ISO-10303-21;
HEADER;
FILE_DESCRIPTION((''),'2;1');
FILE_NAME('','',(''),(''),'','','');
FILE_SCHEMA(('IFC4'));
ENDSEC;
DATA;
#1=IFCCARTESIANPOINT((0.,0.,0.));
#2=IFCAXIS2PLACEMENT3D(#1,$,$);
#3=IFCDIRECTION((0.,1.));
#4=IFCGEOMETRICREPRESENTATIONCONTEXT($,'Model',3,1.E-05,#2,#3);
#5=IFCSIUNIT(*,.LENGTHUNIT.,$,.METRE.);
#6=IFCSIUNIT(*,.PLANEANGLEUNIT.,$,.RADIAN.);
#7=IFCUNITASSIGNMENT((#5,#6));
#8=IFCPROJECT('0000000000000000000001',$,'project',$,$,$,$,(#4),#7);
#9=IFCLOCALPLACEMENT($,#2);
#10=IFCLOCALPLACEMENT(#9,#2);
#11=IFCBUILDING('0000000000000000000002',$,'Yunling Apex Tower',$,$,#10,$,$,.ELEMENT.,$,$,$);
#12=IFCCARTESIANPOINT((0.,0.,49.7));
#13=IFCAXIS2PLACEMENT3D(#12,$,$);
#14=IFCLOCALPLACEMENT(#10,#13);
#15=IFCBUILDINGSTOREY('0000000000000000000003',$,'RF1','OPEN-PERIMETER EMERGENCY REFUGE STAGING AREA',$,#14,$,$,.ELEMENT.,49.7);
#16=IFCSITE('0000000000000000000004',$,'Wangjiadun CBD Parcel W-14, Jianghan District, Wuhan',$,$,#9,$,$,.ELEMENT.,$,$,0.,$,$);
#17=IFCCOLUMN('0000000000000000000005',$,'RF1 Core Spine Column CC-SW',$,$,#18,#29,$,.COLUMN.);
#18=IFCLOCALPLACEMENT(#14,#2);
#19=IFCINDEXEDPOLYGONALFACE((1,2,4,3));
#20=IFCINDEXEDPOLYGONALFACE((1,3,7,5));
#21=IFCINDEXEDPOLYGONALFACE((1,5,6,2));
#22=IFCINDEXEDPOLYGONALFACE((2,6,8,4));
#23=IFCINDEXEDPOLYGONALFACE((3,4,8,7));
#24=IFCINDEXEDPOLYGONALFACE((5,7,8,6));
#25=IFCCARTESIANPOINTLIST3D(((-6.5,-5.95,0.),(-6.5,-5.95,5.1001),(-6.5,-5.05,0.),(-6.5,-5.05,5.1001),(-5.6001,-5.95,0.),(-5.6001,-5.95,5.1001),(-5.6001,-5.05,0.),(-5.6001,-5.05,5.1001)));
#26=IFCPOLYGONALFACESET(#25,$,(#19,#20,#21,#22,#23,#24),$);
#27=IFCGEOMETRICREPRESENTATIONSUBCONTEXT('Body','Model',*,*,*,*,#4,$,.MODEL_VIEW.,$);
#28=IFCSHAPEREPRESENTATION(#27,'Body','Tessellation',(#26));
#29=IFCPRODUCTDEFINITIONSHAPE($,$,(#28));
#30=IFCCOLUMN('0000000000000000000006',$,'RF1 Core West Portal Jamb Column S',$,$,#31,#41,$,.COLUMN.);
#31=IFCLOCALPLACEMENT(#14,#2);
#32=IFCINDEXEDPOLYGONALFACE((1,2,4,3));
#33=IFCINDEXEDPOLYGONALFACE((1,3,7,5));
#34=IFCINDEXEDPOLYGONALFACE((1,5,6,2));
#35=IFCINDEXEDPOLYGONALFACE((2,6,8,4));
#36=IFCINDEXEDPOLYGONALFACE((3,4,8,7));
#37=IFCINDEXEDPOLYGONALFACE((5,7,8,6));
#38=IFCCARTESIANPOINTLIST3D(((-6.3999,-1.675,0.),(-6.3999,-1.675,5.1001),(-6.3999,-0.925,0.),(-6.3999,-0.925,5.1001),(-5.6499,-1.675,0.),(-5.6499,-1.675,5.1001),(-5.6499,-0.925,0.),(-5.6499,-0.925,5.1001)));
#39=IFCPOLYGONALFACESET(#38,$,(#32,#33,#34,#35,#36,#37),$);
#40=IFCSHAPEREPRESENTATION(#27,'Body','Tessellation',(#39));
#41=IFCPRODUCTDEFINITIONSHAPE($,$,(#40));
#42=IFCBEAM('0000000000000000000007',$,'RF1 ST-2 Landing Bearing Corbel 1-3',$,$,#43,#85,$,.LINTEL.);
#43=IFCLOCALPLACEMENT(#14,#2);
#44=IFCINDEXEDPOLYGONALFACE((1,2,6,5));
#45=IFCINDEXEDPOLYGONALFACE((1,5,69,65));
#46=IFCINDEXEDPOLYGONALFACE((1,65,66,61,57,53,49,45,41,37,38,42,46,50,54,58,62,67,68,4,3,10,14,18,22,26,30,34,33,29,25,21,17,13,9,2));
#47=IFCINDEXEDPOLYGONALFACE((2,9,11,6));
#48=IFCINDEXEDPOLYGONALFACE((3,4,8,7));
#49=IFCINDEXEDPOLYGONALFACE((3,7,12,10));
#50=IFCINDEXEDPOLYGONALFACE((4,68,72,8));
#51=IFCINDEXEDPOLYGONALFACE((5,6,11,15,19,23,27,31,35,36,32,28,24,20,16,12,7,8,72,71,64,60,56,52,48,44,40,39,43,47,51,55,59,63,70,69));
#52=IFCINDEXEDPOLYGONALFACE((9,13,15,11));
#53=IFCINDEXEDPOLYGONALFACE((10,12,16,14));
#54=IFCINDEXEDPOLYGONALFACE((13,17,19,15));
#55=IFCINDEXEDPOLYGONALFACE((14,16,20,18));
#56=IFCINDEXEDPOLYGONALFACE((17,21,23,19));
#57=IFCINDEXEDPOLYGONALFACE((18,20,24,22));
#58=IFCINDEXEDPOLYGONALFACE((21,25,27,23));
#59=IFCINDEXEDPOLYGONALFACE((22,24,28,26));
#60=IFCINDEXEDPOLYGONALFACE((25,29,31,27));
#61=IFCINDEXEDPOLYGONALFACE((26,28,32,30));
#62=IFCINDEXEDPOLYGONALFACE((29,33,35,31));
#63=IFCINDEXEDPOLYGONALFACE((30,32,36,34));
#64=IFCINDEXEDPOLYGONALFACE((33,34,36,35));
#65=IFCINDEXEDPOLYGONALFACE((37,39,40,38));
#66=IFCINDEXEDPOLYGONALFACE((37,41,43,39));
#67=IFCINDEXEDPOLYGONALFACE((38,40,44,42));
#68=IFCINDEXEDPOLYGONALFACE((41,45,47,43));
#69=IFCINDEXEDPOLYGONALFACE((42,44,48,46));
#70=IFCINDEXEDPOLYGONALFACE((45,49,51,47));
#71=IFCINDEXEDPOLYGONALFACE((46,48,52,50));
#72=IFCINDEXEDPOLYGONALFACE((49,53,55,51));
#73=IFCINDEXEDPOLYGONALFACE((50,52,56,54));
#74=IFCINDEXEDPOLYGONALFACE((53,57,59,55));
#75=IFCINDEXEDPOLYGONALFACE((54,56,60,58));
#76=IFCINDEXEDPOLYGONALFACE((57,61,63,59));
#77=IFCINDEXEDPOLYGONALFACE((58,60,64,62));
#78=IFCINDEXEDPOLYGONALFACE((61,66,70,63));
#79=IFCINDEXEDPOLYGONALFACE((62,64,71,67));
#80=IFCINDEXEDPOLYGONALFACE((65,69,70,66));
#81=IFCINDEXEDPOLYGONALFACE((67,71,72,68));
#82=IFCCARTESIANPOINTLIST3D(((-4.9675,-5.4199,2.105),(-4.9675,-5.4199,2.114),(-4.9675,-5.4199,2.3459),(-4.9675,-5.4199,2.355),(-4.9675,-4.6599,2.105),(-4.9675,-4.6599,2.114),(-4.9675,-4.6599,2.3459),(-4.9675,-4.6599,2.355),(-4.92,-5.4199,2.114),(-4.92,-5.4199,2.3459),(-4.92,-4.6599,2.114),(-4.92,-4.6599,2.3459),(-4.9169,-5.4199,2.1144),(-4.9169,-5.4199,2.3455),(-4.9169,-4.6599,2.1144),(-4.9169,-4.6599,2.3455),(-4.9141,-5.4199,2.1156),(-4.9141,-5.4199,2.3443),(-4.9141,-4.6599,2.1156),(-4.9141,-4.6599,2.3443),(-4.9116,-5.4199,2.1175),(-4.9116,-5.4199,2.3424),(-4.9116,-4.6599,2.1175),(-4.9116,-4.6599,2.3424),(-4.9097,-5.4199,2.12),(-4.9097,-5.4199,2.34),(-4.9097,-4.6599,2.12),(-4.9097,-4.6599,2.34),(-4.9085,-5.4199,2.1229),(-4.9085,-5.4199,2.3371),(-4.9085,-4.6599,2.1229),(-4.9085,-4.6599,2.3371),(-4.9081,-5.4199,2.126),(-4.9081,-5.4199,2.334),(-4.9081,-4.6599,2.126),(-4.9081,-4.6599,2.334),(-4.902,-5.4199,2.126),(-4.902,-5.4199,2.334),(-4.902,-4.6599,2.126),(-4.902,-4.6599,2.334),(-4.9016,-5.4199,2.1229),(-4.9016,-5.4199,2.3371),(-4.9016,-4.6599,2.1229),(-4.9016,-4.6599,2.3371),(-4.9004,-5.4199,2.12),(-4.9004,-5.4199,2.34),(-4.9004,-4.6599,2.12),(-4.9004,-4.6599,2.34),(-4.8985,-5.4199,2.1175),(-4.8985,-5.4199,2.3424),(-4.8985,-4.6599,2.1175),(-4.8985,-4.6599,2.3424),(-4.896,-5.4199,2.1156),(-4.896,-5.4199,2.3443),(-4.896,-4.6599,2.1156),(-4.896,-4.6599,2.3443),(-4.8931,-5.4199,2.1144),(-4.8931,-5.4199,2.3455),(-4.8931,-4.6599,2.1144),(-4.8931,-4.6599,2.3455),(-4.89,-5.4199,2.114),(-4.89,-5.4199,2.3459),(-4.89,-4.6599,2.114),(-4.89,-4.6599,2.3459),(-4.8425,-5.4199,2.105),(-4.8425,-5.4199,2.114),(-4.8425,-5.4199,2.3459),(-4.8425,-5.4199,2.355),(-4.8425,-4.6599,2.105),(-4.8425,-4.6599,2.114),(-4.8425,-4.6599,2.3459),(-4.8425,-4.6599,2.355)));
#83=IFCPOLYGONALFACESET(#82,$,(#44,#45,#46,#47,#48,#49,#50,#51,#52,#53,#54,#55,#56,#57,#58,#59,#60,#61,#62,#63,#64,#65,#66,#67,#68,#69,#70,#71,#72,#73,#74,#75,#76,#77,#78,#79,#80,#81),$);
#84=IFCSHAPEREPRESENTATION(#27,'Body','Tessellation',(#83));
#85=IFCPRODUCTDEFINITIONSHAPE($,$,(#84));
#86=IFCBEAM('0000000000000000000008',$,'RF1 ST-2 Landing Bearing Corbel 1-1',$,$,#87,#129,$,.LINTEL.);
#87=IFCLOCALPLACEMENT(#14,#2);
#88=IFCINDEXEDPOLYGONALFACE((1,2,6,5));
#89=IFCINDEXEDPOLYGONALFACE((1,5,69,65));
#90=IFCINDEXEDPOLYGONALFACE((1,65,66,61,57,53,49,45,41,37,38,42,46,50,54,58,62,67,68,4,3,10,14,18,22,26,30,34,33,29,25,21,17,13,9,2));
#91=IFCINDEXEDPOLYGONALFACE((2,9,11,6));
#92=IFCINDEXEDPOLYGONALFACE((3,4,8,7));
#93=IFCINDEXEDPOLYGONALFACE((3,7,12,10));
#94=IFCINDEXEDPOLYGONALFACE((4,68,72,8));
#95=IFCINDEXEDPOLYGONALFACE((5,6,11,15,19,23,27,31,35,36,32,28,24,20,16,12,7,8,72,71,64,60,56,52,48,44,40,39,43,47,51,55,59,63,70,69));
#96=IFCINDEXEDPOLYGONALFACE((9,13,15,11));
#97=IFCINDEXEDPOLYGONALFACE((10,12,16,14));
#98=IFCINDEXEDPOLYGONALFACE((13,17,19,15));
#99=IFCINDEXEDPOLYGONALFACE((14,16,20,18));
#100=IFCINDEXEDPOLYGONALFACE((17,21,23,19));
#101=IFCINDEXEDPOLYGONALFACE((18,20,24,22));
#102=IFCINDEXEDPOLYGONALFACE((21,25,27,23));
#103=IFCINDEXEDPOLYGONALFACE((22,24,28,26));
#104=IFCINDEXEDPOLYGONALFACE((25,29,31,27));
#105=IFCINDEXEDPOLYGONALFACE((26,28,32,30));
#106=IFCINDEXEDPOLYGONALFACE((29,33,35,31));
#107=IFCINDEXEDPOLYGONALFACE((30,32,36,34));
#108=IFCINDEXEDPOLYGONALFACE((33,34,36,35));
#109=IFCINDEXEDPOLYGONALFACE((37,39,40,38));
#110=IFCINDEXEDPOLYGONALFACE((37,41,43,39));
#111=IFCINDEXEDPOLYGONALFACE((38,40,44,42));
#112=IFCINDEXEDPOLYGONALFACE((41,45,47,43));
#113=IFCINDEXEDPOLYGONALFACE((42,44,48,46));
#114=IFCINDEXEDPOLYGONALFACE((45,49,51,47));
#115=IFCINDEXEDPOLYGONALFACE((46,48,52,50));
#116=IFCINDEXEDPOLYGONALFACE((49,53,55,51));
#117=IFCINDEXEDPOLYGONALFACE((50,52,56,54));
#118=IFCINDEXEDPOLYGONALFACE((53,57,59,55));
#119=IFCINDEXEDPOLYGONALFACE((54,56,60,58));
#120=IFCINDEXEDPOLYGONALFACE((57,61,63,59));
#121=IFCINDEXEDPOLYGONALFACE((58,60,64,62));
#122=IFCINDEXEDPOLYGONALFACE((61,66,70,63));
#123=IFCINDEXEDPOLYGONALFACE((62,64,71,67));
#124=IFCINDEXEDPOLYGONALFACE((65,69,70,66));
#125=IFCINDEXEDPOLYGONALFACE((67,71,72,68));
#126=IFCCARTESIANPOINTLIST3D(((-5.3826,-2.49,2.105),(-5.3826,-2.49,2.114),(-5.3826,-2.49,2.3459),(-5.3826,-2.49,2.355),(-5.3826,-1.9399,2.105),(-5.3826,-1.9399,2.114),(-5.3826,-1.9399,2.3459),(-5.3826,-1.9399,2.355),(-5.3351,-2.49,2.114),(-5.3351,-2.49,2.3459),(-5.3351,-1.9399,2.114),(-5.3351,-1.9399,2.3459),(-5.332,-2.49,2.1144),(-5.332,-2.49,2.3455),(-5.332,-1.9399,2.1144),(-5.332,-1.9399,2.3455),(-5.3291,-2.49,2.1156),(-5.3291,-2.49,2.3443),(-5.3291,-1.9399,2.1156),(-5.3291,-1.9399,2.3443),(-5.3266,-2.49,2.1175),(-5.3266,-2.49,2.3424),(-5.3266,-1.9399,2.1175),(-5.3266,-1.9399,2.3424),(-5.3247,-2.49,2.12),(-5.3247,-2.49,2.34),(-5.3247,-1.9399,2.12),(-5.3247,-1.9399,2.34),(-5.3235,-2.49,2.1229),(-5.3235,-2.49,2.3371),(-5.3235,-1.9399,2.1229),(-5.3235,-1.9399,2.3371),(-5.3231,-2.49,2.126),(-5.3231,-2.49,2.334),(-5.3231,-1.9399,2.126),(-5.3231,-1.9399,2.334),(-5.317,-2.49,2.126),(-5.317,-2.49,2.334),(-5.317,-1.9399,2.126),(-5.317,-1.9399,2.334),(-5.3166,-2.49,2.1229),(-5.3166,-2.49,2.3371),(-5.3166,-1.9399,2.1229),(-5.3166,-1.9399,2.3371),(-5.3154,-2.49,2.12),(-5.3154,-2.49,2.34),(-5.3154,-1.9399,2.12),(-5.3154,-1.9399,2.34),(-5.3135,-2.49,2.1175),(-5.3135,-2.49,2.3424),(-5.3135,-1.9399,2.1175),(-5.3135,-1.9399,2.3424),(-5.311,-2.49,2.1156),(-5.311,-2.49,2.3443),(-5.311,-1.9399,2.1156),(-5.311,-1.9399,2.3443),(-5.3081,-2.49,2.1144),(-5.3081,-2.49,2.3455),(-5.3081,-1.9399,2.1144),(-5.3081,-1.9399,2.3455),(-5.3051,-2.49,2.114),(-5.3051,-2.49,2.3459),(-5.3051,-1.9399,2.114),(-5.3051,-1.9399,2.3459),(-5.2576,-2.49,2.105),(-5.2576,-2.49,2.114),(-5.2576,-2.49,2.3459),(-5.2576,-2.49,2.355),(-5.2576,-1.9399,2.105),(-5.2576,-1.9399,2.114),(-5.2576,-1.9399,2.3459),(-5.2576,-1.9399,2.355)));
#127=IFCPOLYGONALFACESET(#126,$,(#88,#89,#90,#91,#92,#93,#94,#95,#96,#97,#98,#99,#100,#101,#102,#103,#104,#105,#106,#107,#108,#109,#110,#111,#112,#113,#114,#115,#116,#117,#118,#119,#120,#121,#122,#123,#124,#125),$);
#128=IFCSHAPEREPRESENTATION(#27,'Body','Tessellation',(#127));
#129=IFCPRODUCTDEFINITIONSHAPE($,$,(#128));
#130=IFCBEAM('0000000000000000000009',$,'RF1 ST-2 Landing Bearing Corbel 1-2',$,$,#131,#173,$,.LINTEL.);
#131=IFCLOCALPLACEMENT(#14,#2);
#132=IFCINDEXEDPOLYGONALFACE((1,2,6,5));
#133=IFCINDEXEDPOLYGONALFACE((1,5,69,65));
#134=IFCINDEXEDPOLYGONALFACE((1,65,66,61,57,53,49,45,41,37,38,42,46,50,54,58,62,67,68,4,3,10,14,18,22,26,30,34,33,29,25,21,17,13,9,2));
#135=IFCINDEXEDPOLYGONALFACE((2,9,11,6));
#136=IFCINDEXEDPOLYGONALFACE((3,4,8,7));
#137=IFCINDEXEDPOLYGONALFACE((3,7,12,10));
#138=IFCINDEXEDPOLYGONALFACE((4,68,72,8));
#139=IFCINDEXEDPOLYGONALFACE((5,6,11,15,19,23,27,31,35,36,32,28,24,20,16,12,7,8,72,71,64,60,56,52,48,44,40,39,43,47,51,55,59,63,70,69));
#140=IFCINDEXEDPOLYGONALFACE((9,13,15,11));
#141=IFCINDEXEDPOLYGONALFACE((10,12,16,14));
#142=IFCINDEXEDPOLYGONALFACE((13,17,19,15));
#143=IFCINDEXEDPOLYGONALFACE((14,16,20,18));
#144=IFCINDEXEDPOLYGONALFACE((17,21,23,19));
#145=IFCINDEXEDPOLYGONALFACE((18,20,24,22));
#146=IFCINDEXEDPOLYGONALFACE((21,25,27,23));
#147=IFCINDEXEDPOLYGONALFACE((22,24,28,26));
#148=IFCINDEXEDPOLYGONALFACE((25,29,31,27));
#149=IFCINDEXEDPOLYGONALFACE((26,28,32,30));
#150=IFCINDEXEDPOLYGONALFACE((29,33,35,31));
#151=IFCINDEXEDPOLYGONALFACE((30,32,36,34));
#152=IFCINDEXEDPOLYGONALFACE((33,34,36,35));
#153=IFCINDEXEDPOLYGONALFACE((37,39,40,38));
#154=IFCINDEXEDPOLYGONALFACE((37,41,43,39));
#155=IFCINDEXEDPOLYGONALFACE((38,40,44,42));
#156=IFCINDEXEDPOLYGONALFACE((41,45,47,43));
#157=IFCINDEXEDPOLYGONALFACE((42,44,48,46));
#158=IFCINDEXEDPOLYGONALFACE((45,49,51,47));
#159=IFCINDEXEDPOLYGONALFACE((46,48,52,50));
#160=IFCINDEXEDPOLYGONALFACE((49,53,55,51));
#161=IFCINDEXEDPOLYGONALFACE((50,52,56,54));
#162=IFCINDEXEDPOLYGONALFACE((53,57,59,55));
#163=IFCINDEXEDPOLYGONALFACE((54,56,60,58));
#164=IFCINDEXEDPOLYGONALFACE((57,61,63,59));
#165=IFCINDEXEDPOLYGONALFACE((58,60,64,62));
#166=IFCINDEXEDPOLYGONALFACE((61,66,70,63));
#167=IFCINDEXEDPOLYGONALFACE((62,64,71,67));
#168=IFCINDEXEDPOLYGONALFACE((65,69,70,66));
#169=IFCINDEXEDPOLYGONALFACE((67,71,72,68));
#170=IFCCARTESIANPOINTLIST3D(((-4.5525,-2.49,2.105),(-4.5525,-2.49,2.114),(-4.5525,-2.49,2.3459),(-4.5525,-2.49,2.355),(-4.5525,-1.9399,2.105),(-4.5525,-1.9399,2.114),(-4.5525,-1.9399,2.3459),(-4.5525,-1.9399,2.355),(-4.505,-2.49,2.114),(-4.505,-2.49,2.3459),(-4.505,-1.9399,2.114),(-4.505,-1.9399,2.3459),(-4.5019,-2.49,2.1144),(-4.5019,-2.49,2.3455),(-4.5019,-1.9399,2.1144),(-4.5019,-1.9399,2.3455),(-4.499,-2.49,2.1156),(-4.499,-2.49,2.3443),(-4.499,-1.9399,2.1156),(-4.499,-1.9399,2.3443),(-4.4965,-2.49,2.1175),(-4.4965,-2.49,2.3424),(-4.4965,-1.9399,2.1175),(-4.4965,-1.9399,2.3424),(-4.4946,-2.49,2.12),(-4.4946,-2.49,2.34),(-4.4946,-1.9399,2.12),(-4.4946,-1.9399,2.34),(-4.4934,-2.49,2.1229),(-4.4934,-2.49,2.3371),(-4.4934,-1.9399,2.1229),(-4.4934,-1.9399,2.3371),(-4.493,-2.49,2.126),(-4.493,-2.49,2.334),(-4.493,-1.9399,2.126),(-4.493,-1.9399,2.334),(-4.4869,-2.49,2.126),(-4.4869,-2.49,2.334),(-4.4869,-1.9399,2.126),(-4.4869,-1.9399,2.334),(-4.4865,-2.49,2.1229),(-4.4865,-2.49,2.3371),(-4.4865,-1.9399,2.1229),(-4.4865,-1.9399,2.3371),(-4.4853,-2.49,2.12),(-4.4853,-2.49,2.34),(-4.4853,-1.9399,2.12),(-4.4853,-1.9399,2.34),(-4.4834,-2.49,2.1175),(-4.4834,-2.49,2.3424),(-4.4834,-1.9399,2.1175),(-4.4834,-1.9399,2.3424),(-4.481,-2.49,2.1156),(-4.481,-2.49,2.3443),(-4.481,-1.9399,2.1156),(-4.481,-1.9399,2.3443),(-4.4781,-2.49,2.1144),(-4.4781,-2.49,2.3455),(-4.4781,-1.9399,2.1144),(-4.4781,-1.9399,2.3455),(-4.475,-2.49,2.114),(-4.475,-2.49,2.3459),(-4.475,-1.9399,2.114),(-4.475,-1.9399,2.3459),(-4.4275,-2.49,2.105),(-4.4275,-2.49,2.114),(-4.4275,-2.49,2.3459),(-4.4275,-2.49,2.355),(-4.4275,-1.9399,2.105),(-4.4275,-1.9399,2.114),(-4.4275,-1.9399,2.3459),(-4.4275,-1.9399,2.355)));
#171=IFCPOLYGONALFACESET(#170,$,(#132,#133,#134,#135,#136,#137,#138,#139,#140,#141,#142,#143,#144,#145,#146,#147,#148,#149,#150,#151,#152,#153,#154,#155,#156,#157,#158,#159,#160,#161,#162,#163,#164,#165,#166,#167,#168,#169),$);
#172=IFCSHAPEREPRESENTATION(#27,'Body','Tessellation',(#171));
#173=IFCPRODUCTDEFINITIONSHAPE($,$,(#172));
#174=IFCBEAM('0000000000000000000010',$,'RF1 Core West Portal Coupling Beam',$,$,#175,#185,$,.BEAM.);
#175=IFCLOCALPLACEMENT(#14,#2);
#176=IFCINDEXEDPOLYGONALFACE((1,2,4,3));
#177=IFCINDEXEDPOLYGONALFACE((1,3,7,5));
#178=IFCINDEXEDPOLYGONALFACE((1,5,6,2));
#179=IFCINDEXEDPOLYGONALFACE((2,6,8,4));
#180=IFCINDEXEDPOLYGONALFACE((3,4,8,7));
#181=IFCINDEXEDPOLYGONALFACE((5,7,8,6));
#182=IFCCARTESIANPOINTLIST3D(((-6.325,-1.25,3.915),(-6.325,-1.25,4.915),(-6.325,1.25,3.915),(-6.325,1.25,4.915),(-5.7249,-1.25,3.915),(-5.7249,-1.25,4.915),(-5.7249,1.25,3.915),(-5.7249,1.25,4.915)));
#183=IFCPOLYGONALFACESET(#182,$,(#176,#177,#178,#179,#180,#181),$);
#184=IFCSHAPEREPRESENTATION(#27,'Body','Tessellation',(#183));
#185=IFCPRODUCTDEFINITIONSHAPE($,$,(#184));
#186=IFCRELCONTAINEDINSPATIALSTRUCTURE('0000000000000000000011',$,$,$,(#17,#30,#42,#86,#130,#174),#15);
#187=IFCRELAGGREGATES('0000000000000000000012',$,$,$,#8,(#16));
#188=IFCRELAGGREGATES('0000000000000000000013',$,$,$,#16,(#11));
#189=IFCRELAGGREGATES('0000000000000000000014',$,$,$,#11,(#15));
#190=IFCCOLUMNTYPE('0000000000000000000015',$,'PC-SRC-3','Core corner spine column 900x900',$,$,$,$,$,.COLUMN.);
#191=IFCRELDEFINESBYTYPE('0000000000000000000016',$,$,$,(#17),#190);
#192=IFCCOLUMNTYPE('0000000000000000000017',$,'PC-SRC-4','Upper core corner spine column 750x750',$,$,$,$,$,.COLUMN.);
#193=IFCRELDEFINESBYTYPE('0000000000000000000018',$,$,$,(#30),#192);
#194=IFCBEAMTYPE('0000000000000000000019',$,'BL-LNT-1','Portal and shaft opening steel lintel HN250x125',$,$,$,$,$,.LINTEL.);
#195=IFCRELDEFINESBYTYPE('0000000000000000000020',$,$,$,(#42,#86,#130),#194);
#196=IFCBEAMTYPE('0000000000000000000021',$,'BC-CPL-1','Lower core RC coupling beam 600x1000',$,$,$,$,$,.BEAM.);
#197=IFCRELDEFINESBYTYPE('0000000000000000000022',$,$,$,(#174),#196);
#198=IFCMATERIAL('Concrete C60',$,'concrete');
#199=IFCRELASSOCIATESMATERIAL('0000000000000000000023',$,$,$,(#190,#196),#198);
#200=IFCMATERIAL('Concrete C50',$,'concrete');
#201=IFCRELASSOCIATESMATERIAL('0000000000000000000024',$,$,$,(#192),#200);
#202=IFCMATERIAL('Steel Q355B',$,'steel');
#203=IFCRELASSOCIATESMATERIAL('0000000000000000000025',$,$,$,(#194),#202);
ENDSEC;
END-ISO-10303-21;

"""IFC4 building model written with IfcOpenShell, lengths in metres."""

from ifc_helpers import new_model, si_unit, direction, frame, origin, origin_2d, place, context, subcontext, project, spatial, rectangle, i_section, extrude, source, transform, mapped, material, material_profile, profile_set, type_object, element, save


model = new_model("IFC4")

# Units and contexts
model_context = context("Model", 3, precision=1e-05, world=origin(), true_north=direction((0.0, 1.0)))
body_context = subcontext(model_context, "Body", "Model", "MODEL_VIEW")
ifc_project = project(units=[si_unit("LENGTHUNIT", "METRE"), si_unit("PLANEANGLEUNIT", "RADIAN")], contexts=[model_context])

# Site, building, storey
site_placement = place(None, origin())
site = spatial("IfcSite", under=ifc_project, at=site_placement, Name="Wangjiadun CBD Parcel W-14, Jianghan District, Wuhan", CompositionType="ELEMENT", RefElevation=0.0)
building_placement = place(site_placement, origin())
building = spatial("IfcBuilding", under=site, at=building_placement, Name="Yunling Apex Tower", CompositionType="ELEMENT")
storey_placement = place(building_placement, frame((0.0, 0.0, 49.7)))
storey = spatial("IfcBuildingStorey", under=building, at=storey_placement, Name="RF1", Description="OPEN-PERIMETER EMERGENCY REFUGE STAGING AREA", CompositionType="ELEMENT", Elevation=49.7)

# Columns
ifc_material_1 = material(Name="Concrete C60", Category="concrete")
ifc_material_profile_1 = material_profile(ifc_material_1, rectangle(XDim=0.8999, YDim=0.8999, at=origin_2d()))
ifc_profile_set_1 = profile_set([ifc_material_profile_1], Name="Concrete C60")
column_type_1 = type_object("IfcColumnType", Name="PC-SRC-3", Description="Core corner spine column 900x900", PredefinedType="COLUMN", material=ifc_profile_set_1)
shared_shape_1 = source(origin(), body_context, "Body", "SweptSolid", [
    extrude(rectangle(XDim=0.8999, YDim=0.8999, at=origin_2d()), origin(), (0.0, 0.0, 1.0), 5.1001),
])
column_1_placement = place(storey_placement, frame((-6.05, -5.5, 0.0), z_axis=(0.0, 0.0, 1.0), x_axis=(1.0, 0.0, 0.0)))
element("IfcColumn", 1, at=column_1_placement, inside=storey, type_object=column_type_1, Name="RF1 Core Spine Column CC-SW", PredefinedType="COLUMN", context=body_context, shape_type="MappedRepresentation", body=[
    mapped(shared_shape_1, transform((0.0, 0.0, 0.0), scale=1.0)),
])
ifc_material_2 = material(Name="Concrete C50", Category="concrete")
ifc_material_profile_2 = material_profile(ifc_material_2, rectangle(XDim=0.75, YDim=0.75, at=origin_2d()))
ifc_profile_set_2 = profile_set([ifc_material_profile_2], Name="Concrete C50")
column_type_2 = type_object("IfcColumnType", Name="PC-SRC-4", Description="Upper core corner spine column 750x750", PredefinedType="COLUMN", material=ifc_profile_set_2)
shared_shape_2 = source(origin(), body_context, "Body", "SweptSolid", [
    extrude(rectangle(XDim=0.75, YDim=0.75, at=origin_2d()), origin(), (0.0, 0.0, 1.0), 5.1001),
])
column_2_placement = place(storey_placement, frame((-6.0249, -1.3, 0.0), z_axis=(0.0, 0.0, 1.0), x_axis=(1.0, 0.0, 0.0)))
element("IfcColumn", 2, at=column_2_placement, inside=storey, type_object=column_type_2, Name="RF1 Core West Portal Jamb Column S", PredefinedType="COLUMN", context=body_context, shape_type="MappedRepresentation", body=[
    mapped(shared_shape_2, transform((0.0, 0.0, 0.0), scale=1.0)),
])

# Beams
ifc_material_3 = material(Name="Steel Q355B", Category="steel")
ifc_material_profile_3 = material_profile(ifc_material_3, i_section(OverallWidth=0.125, OverallDepth=0.25, WebThickness=0.0061, FlangeThickness=0.009, FilletRadius=0.012, at=origin_2d()))
ifc_profile_set_3 = profile_set([ifc_material_profile_3], Name="Steel Q355B")
beam_type_1 = type_object("IfcBeamType", Name="BL-LNT-1", Description="Portal and shaft opening steel lintel HN250x125", PredefinedType="LINTEL", material=ifc_profile_set_3)
shared_shape_3 = source(origin(), body_context, "Body", "SweptSolid", [
    extrude(i_section(OverallWidth=0.125, OverallDepth=0.25, WebThickness=0.0061, FlangeThickness=0.009, FilletRadius=0.012, at=origin_2d()), origin(), (0.0, 0.0, 1.0), 0.76),
])
beam_1_placement = place(storey_placement, frame((-4.905, -5.4199, 2.23), z_axis=(0.0, 1.0, 0.0), x_axis=(-1.0, 0.0, 0.0)))
element("IfcBeam", 3, at=beam_1_placement, inside=storey, type_object=beam_type_1, Name="RF1 ST-2 Landing Bearing Corbel 1-3", PredefinedType="LINTEL", context=body_context, shape_type="MappedRepresentation", body=[
    mapped(shared_shape_3, transform((0.0, 0.0, 0.0), scale=1.0)),
])
shared_shape_4 = source(origin(), body_context, "Body", "SweptSolid", [
    extrude(i_section(OverallWidth=0.125, OverallDepth=0.25, WebThickness=0.0061, FlangeThickness=0.009, FilletRadius=0.012, at=origin_2d()), origin(), (0.0, 0.0, 1.0), 0.55),
])
for number, where, z_axis, x_axis, name in (
    (4, (-5.3201, -1.9399, 2.23), (0.0, -1.0, 0.0), (1.0, 0.0, 0.0), "RF1 ST-2 Landing Bearing Corbel 1-1"),
    (5, (-4.49, -1.9399, 2.23), (0.0, -1.0, 0.0), (1.0, 0.0, 0.0), "RF1 ST-2 Landing Bearing Corbel 1-2"),
):
    element("IfcBeam", number, at=place(storey_placement, frame(where, z_axis=z_axis, x_axis=x_axis)), inside=storey, type_object=beam_type_1, Name=name, PredefinedType="LINTEL", context=body_context, shape_type="MappedRepresentation", body=[
        mapped(shared_shape_4, transform((0.0, 0.0, 0.0), scale=1.0)),
    ])
ifc_material_profile_4 = material_profile(ifc_material_1, rectangle(XDim=0.6001, YDim=1.0, at=origin_2d()))
ifc_profile_set_4 = profile_set([ifc_material_profile_4], Name="Concrete C60")
beam_type_2 = type_object("IfcBeamType", Name="BC-CPL-1", Description="Lower core RC coupling beam 600x1000", PredefinedType="BEAM", material=ifc_profile_set_4)
shared_shape_5 = source(origin(), body_context, "Body", "SweptSolid", [
    extrude(rectangle(XDim=0.6001, YDim=1.0, at=origin_2d()), origin(), (0.0, 0.0, 1.0), 2.5),
])
beam_2_placement = place(storey_placement, frame((-6.0249, -1.25, 4.415), z_axis=(0.0, 1.0, 0.0), x_axis=(-1.0, 0.0, 0.0)))
element("IfcBeam", 6, at=beam_2_placement, inside=storey, type_object=beam_type_2, Name="RF1 Core West Portal Coupling Beam", PredefinedType="BEAM", context=body_context, shape_type="MappedRepresentation", body=[
    mapped(shared_shape_5, transform((0.0, 0.0, 0.0), scale=1.0)),
])

save(model, "model.ifc")
